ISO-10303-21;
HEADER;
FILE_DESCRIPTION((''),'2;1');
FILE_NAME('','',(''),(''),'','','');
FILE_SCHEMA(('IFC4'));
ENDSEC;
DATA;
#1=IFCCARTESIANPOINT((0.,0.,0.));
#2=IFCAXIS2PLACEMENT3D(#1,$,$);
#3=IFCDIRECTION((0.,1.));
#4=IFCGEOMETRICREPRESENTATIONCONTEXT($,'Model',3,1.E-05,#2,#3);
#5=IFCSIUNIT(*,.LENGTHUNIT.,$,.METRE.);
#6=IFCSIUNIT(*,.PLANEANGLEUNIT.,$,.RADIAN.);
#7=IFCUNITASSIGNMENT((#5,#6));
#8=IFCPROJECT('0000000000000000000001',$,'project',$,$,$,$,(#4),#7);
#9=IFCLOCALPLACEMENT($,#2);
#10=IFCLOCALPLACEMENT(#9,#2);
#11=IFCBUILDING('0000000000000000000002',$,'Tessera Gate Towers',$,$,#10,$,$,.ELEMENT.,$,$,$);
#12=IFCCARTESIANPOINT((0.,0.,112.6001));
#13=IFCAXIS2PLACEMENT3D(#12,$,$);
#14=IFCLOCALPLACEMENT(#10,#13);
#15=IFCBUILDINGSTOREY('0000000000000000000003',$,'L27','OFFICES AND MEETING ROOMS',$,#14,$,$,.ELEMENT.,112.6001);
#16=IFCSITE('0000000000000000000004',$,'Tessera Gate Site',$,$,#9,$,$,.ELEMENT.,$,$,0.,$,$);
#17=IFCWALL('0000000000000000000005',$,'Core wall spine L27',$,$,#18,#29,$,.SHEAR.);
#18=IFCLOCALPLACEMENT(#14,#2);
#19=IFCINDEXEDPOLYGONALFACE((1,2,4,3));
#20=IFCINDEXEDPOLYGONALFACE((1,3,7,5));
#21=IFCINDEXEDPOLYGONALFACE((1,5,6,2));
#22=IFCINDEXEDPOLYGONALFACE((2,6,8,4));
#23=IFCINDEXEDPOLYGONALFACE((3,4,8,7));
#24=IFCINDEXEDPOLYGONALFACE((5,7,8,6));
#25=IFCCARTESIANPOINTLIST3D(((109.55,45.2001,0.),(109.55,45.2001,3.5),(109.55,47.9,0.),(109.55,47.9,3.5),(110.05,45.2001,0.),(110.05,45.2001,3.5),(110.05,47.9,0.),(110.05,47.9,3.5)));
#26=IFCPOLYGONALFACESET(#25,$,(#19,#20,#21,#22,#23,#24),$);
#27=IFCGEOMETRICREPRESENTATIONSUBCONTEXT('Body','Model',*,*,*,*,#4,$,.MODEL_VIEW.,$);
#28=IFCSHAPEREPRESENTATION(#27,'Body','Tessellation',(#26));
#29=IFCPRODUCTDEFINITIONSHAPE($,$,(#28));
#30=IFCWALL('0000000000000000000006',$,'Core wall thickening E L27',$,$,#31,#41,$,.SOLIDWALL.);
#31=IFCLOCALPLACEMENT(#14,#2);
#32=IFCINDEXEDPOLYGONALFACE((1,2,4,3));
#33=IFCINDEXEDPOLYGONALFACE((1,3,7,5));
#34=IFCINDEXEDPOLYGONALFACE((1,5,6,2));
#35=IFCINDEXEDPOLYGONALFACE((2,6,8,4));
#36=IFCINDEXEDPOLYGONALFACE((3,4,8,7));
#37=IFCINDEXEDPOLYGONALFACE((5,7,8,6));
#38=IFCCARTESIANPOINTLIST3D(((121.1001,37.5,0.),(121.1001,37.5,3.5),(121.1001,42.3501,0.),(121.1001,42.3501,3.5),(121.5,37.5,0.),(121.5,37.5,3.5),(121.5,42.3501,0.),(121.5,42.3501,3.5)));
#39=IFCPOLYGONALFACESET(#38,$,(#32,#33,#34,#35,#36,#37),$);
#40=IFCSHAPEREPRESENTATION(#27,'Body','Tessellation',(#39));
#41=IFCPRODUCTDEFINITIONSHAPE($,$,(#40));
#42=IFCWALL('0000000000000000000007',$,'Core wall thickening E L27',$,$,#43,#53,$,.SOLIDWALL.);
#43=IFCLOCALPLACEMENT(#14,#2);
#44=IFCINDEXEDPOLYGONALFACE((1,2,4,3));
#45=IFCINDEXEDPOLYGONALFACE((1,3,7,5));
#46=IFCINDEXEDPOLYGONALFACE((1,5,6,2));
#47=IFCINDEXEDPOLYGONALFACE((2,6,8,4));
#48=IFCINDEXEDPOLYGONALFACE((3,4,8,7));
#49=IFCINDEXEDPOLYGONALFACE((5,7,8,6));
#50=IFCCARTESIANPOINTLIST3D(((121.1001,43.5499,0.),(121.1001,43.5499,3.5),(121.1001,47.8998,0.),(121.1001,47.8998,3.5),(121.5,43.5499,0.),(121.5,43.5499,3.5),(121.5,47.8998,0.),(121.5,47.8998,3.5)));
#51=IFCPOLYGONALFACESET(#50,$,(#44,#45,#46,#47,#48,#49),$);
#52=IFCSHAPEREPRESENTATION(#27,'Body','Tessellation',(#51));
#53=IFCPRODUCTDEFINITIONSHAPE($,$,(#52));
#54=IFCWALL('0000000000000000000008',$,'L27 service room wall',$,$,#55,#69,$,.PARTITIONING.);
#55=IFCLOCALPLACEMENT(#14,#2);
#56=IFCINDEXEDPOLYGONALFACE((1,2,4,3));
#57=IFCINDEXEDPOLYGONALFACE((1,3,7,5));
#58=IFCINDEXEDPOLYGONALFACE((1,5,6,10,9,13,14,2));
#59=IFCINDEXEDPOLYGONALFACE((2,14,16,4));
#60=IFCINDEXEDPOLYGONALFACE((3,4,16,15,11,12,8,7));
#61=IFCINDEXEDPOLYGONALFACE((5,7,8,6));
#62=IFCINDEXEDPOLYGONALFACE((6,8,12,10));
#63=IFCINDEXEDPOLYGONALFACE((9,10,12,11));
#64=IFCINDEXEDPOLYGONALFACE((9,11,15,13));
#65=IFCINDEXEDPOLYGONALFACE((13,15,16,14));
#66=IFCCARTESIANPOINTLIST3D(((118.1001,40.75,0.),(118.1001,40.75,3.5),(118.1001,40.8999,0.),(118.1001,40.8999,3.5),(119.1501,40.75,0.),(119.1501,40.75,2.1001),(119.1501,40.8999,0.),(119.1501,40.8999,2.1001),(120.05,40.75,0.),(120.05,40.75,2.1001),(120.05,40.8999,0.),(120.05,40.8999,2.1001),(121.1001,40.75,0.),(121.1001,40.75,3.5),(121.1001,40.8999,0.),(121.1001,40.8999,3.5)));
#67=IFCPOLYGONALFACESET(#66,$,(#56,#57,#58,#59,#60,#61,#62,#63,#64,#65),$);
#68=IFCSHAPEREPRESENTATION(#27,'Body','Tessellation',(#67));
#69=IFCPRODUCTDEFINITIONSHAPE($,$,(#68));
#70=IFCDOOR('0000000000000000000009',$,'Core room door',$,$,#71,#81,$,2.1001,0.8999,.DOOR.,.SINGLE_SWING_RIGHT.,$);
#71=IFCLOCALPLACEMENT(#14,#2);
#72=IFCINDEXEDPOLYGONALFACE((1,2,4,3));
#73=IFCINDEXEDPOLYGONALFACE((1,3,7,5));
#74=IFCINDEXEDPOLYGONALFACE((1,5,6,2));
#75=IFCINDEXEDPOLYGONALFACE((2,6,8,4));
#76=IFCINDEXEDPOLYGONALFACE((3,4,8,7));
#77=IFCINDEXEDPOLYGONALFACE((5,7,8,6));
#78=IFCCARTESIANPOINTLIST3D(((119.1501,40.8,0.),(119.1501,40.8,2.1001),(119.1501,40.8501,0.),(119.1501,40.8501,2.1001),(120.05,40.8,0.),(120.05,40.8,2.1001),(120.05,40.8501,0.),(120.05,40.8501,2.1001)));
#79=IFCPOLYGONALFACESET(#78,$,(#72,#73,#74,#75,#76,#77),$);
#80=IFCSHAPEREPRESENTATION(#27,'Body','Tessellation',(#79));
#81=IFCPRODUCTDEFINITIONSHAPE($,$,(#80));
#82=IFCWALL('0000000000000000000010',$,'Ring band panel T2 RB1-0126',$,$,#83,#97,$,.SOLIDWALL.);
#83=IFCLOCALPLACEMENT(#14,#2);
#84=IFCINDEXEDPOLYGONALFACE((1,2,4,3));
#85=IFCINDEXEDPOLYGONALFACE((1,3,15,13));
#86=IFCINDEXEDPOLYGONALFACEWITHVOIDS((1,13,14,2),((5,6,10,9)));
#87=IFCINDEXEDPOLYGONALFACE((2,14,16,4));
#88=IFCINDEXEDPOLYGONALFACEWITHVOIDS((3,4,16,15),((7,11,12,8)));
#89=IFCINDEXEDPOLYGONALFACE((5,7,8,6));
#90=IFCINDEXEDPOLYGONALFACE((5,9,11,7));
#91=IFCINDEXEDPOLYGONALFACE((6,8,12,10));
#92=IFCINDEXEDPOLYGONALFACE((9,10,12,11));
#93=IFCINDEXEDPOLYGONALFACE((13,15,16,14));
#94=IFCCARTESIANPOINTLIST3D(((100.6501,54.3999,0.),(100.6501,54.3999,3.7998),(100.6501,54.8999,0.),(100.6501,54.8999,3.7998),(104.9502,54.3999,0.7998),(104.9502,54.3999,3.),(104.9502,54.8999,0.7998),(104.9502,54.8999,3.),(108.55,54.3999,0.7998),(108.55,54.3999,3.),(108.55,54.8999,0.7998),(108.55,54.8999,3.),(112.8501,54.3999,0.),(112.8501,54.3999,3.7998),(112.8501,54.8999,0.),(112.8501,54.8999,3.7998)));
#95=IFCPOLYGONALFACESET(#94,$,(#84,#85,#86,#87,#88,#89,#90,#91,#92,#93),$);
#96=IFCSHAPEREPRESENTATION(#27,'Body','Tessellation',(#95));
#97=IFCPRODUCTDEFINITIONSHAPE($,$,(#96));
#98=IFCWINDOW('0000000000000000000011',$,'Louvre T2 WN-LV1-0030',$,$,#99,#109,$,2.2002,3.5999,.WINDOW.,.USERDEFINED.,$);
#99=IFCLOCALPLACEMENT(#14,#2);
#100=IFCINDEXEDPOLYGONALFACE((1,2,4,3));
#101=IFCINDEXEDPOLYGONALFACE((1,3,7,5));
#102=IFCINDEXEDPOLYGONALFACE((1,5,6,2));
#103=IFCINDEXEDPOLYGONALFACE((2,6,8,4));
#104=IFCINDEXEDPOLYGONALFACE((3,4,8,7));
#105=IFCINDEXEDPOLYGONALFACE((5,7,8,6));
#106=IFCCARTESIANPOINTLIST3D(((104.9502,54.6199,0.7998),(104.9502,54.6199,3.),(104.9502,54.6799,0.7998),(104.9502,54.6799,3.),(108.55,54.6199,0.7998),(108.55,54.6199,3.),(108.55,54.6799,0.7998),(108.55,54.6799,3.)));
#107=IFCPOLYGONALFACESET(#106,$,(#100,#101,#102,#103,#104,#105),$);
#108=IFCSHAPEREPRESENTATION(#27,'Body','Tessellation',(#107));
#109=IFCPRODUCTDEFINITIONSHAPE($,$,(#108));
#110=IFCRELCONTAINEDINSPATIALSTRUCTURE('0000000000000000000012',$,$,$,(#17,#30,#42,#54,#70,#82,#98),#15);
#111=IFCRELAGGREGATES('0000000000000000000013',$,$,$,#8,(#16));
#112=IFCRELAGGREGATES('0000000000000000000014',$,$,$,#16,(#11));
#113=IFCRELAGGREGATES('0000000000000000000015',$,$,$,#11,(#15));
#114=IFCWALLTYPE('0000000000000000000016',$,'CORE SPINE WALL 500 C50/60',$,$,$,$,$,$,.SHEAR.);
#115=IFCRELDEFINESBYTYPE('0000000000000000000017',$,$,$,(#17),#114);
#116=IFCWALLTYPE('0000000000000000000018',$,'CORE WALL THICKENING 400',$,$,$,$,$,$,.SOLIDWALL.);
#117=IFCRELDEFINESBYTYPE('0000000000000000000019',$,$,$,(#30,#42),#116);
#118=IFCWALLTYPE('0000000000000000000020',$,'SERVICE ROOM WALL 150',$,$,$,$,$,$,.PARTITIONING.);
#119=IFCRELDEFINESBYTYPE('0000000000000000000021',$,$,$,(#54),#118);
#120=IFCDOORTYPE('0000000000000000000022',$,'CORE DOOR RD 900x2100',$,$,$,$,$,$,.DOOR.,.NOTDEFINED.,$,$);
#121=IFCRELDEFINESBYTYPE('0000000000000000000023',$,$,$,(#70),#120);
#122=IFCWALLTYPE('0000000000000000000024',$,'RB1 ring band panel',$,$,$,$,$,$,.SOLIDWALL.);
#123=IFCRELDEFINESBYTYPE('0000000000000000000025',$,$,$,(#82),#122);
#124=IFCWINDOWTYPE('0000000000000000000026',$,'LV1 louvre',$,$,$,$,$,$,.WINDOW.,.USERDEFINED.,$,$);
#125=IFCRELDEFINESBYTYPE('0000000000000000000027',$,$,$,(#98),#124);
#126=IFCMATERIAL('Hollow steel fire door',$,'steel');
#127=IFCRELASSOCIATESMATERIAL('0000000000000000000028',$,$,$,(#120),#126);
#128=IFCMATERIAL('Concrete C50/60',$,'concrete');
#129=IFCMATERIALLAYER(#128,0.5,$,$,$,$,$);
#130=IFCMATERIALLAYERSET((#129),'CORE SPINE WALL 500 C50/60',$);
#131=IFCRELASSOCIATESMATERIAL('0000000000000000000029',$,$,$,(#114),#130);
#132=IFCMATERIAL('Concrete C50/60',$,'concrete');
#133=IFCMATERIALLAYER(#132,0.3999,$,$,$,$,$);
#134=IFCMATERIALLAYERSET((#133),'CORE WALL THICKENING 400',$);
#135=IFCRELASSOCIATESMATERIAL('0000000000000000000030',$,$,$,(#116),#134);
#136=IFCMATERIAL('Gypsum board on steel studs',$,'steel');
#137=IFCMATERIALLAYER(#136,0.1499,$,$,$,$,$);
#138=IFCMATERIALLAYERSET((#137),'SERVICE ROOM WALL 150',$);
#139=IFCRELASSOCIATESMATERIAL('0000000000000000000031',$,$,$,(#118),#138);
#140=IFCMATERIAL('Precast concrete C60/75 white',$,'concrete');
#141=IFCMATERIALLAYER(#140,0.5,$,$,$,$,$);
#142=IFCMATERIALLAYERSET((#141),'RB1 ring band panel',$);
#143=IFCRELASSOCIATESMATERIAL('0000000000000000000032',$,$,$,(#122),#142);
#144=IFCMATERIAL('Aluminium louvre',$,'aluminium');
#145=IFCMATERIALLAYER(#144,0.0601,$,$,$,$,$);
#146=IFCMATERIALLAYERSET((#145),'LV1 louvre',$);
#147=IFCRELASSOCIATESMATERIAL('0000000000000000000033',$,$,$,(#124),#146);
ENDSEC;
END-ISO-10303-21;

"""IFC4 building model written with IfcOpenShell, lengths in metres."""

from ifc_helpers import new_model, si_unit, direction, frame, frame_2d, origin, place, context, subcontext, project, spatial, polyline, rectangle, outline, extrude, source, transform, mapped, material, layer, layer_set, type_object, element, fill, save


model = new_model("IFC4")

# Units and contexts
model_context = context("Model", 3, precision=1e-05, world=origin(), true_north=direction((0.0, 1.0)))
body_context = subcontext(model_context, "Body", "Model", "MODEL_VIEW")
ifc_project = project(units=[si_unit("LENGTHUNIT", "METRE"), si_unit("PLANEANGLEUNIT", "RADIAN")], contexts=[model_context])

# Site, building, storey
site_placement = place(None, origin())
site = spatial("IfcSite", under=ifc_project, at=site_placement, Name="Tessera Gate Site", CompositionType="ELEMENT", RefElevation=0.0)
building_placement = place(site_placement, origin())
building = spatial("IfcBuilding", under=site, at=building_placement, Name="Tessera Gate Towers", CompositionType="ELEMENT")
storey_placement = place(building_placement, frame((0.0, 0.0, 112.6001)))
storey = spatial("IfcBuildingStorey", under=building, at=storey_placement, Name="L27", Description="OFFICES AND MEETING ROOMS", CompositionType="ELEMENT", Elevation=112.6001)

# Shared definitions
ifc_material_1 = material(Name="Hollow steel fire door", Category="steel")
door_type_1 = type_object("IfcDoorType", Name="CORE DOOR RD 900x2100", OperationType="NOTDEFINED", PredefinedType="DOOR", material=ifc_material_1)
shared_shape_1 = source(origin(), body_context, "Body", "SweptSolid", [
    extrude(rectangle(XDim=0.8999, YDim=2.1001, at=frame_2d((0.45, 1.05))), frame((0.0, 0.0249, 0.0), z_axis=(0.0, -1.0, 0.0), x_axis=(1.0, 0.0, 0.0)), (0.0, 0.0, 1.0), 0.05),
])

# Walls
ifc_material_2 = material(Name="Concrete C50/60", Category="concrete")
ifc_layer_1 = layer(ifc_material_2, 0.5)
ifc_layer_set_1 = layer_set([ifc_layer_1], Name="CORE SPINE WALL 500 C50/60")
wall_type_1 = type_object("IfcWallType", Name="CORE SPINE WALL 500 C50/60", PredefinedType="SHEAR", material=ifc_layer_set_1)
wall_1_placement = place(storey_placement, frame((109.8, 45.2, 0.0), z_axis=(0.0, 0.0, 1.0), x_axis=(0.0, 1.0, 0.0)))
element("IfcWall", 1, at=wall_1_placement, inside=storey, type_object=wall_type_1, Name="Core wall spine L27", PredefinedType="SHEAR", context=body_context, shape_type="SweptSolid", body=[
    extrude(rectangle(XDim=2.7, YDim=0.5, at=frame_2d((1.3501, 0.0))), origin(), (0.0, 0.0, 1.0), 3.5),
])
ifc_material_3 = material(Name="Concrete C50/60", Category="concrete")
ifc_layer_2 = layer(ifc_material_3, 0.3999)
ifc_layer_set_2 = layer_set([ifc_layer_2], Name="CORE WALL THICKENING 400")
wall_type_2 = type_object("IfcWallType", Name="CORE WALL THICKENING 400", PredefinedType="SOLIDWALL", material=ifc_layer_set_2)
wall_2_placement = place(storey_placement, frame((121.3, 37.5, 0.0), z_axis=(0.0, 0.0, 1.0), x_axis=(0.0, 1.0, 0.0)))
element("IfcWall", 2, at=wall_2_placement, inside=storey, type_object=wall_type_2, Name="Core wall thickening E L27", PredefinedType="SOLIDWALL", context=body_context, shape_type="SweptSolid", body=[
    extrude(rectangle(XDim=4.8501, YDim=0.3999, at=frame_2d((2.425, 0.0))), origin(), (0.0, 0.0, 1.0), 3.5),
])
wall_3_placement = place(storey_placement, frame((121.3, 43.55, 0.0), z_axis=(0.0, 0.0, 1.0), x_axis=(0.0, 1.0, 0.0)))
element("IfcWall", 3, at=wall_3_placement, inside=storey, type_object=wall_type_2, Name="Core wall thickening E L27", PredefinedType="SOLIDWALL", context=body_context, shape_type="SweptSolid", body=[
    extrude(rectangle(XDim=4.3499, YDim=0.3999, at=frame_2d((2.1748, 0.0))), origin(), (0.0, 0.0, 1.0), 3.5),
])

# Wall, opening, door
ifc_material_4 = material(Name="Gypsum board on steel studs", Category="steel")
ifc_layer_3 = layer(ifc_material_4, 0.1499)
ifc_layer_set_3 = layer_set([ifc_layer_3], Name="SERVICE ROOM WALL 150")
wall_type_3 = type_object("IfcWallType", Name="SERVICE ROOM WALL 150", PredefinedType="PARTITIONING", material=ifc_layer_set_3)
wall_4_placement = place(storey_placement, frame((121.1001, 40.825, 0.0), z_axis=(0.0, 0.0, 1.0), x_axis=(-1.0, 0.0, 0.0)))
wall_4 = element("IfcWall", 4, at=wall_4_placement, inside=storey, type_object=wall_type_3, Name="L27 service room wall", PredefinedType="PARTITIONING", context=body_context, shape_type="SweptSolid", body=[
    extrude(rectangle(XDim=3.0, YDim=0.1499, at=frame_2d((1.5, 0.0))), origin(), (0.0, 0.0, 1.0), 3.5),
])
shared_shape_2 = source(origin(), body_context, "Body", "SweptSolid", [
    extrude(rectangle(XDim=0.8999, YDim=2.1001, at=frame_2d((0.45, 1.05))), frame((0.0, 0.085, 0.0), z_axis=(0.0, -1.0, 0.0), x_axis=(1.0, 0.0, 0.0)), (0.0, 0.0, 1.0), 0.1699),
])
opening_1_placement = place(wall_4_placement, frame((1.05, 0.0, 0.0)))
opening_1 = element("IfcOpeningElement", 5, at=opening_1_placement, cuts=wall_4, PredefinedType="OPENING", context=body_context, shape_type="MappedRepresentation", body=[
    mapped(shared_shape_2, transform((0.0, 0.0, 0.0), scale=1.0)),
])
door_1_placement = place(opening_1_placement, origin())
door_1 = element("IfcDoor", 6, at=door_1_placement, inside=storey, type_object=door_type_1, Name="Core room door", OperationType="SINGLE_SWING_RIGHT", OverallHeight=2.1001, OverallWidth=0.8999, PredefinedType="DOOR", context=body_context, shape_type="MappedRepresentation", body=[
    mapped(shared_shape_1, transform((0.0, 0.0, 0.0), scale=1.0)),
])
fill(opening_1, door_1)

# Wall, opening, window
ifc_material_5 = material(Name="Precast concrete C60/75 white", Category="concrete")
ifc_layer_4 = layer(ifc_material_5, 0.5)
ifc_layer_set_4 = layer_set([ifc_layer_4], Name="RB1 ring band panel")
wall_type_4 = type_object("IfcWallType", Name="RB1 ring band panel", PredefinedType="SOLIDWALL", material=ifc_layer_set_4)
shared_shape_3 = source(origin(), body_context, "Body", "SweptSolid", [
    extrude(outline(polyline([(0.0, 0.0), (12.2, 0.0), (12.2, 3.7998), (0.0, 3.7998), (0.0, 0.0)])), frame((0.0, 0.25, 0.0), z_axis=(0.0, -1.0, 0.0), x_axis=(1.0, 0.0, 0.0)), (0.0, 0.0, 1.0), 0.5),
])
wall_5_placement = place(storey_placement, frame((112.8501, 54.6499, 0.0), z_axis=(0.0, 0.0, 1.0), x_axis=(-1.0, 0.0, 0.0)))
wall_5 = element("IfcWall", 7, at=wall_5_placement, inside=storey, type_object=wall_type_4, Name="Ring band panel T2 RB1-0126", PredefinedType="SOLIDWALL", context=body_context, shape_type="MappedRepresentation", body=[
    mapped(shared_shape_3, transform((0.0, 0.0, 0.0), scale=1.0)),
])
shared_shape_4 = source(origin(), body_context, "Body", "SweptSolid", [
    extrude(outline(polyline([(4.3, 0.7998), (7.8999, 0.7998), (7.8999, 3.0), (4.3, 3.0), (4.3, 0.7998)])), frame((0.0, 0.26, 0.0), z_axis=(0.0, -1.0, 0.0), x_axis=(1.0, 0.0, 0.0)), (0.0, 0.0, 1.0), 0.52),
])
opening_2_placement = place(wall_5_placement, origin())
opening_2 = element("IfcOpeningElement", 8, at=opening_2_placement, cuts=wall_5, PredefinedType="OPENING", context=body_context, shape_type="MappedRepresentation", body=[
    mapped(shared_shape_4, transform((0.0, 0.0, 0.0), scale=1.0)),
])
ifc_material_6 = material(Name="Aluminium louvre", Category="aluminium")
ifc_layer_5 = layer(ifc_material_6, 0.0601)
ifc_layer_set_5 = layer_set([ifc_layer_5], Name="LV1 louvre")
window_type = type_object("IfcWindowType", Name="LV1 louvre", PartitioningType="USERDEFINED", PredefinedType="WINDOW", material=ifc_layer_set_5)
shared_shape_5 = source(origin(), body_context, "Body", "SweptSolid", [
    extrude(outline(polyline([(4.3, 0.7998), (7.8999, 0.7998), (7.8999, 3.0), (4.3, 3.0), (4.3, 0.7998)])), frame((0.0, 0.03, 0.0), z_axis=(0.0, -1.0, 0.0), x_axis=(1.0, 0.0, 0.0)), (0.0, 0.0, 1.0), 0.0601),
])
window_placement = place(opening_2_placement, origin())
window = element("IfcWindow", 9, at=window_placement, inside=storey, type_object=window_type, Name="Louvre T2 WN-LV1-0030", OverallHeight=2.2002, OverallWidth=3.5999, PartitioningType="USERDEFINED", PredefinedType="WINDOW", context=body_context, shape_type="MappedRepresentation", body=[
    mapped(shared_shape_5, transform((0.0, 0.0, 0.0), scale=1.0)),
])
fill(opening_2, window)

save(model, "model.ifc")
